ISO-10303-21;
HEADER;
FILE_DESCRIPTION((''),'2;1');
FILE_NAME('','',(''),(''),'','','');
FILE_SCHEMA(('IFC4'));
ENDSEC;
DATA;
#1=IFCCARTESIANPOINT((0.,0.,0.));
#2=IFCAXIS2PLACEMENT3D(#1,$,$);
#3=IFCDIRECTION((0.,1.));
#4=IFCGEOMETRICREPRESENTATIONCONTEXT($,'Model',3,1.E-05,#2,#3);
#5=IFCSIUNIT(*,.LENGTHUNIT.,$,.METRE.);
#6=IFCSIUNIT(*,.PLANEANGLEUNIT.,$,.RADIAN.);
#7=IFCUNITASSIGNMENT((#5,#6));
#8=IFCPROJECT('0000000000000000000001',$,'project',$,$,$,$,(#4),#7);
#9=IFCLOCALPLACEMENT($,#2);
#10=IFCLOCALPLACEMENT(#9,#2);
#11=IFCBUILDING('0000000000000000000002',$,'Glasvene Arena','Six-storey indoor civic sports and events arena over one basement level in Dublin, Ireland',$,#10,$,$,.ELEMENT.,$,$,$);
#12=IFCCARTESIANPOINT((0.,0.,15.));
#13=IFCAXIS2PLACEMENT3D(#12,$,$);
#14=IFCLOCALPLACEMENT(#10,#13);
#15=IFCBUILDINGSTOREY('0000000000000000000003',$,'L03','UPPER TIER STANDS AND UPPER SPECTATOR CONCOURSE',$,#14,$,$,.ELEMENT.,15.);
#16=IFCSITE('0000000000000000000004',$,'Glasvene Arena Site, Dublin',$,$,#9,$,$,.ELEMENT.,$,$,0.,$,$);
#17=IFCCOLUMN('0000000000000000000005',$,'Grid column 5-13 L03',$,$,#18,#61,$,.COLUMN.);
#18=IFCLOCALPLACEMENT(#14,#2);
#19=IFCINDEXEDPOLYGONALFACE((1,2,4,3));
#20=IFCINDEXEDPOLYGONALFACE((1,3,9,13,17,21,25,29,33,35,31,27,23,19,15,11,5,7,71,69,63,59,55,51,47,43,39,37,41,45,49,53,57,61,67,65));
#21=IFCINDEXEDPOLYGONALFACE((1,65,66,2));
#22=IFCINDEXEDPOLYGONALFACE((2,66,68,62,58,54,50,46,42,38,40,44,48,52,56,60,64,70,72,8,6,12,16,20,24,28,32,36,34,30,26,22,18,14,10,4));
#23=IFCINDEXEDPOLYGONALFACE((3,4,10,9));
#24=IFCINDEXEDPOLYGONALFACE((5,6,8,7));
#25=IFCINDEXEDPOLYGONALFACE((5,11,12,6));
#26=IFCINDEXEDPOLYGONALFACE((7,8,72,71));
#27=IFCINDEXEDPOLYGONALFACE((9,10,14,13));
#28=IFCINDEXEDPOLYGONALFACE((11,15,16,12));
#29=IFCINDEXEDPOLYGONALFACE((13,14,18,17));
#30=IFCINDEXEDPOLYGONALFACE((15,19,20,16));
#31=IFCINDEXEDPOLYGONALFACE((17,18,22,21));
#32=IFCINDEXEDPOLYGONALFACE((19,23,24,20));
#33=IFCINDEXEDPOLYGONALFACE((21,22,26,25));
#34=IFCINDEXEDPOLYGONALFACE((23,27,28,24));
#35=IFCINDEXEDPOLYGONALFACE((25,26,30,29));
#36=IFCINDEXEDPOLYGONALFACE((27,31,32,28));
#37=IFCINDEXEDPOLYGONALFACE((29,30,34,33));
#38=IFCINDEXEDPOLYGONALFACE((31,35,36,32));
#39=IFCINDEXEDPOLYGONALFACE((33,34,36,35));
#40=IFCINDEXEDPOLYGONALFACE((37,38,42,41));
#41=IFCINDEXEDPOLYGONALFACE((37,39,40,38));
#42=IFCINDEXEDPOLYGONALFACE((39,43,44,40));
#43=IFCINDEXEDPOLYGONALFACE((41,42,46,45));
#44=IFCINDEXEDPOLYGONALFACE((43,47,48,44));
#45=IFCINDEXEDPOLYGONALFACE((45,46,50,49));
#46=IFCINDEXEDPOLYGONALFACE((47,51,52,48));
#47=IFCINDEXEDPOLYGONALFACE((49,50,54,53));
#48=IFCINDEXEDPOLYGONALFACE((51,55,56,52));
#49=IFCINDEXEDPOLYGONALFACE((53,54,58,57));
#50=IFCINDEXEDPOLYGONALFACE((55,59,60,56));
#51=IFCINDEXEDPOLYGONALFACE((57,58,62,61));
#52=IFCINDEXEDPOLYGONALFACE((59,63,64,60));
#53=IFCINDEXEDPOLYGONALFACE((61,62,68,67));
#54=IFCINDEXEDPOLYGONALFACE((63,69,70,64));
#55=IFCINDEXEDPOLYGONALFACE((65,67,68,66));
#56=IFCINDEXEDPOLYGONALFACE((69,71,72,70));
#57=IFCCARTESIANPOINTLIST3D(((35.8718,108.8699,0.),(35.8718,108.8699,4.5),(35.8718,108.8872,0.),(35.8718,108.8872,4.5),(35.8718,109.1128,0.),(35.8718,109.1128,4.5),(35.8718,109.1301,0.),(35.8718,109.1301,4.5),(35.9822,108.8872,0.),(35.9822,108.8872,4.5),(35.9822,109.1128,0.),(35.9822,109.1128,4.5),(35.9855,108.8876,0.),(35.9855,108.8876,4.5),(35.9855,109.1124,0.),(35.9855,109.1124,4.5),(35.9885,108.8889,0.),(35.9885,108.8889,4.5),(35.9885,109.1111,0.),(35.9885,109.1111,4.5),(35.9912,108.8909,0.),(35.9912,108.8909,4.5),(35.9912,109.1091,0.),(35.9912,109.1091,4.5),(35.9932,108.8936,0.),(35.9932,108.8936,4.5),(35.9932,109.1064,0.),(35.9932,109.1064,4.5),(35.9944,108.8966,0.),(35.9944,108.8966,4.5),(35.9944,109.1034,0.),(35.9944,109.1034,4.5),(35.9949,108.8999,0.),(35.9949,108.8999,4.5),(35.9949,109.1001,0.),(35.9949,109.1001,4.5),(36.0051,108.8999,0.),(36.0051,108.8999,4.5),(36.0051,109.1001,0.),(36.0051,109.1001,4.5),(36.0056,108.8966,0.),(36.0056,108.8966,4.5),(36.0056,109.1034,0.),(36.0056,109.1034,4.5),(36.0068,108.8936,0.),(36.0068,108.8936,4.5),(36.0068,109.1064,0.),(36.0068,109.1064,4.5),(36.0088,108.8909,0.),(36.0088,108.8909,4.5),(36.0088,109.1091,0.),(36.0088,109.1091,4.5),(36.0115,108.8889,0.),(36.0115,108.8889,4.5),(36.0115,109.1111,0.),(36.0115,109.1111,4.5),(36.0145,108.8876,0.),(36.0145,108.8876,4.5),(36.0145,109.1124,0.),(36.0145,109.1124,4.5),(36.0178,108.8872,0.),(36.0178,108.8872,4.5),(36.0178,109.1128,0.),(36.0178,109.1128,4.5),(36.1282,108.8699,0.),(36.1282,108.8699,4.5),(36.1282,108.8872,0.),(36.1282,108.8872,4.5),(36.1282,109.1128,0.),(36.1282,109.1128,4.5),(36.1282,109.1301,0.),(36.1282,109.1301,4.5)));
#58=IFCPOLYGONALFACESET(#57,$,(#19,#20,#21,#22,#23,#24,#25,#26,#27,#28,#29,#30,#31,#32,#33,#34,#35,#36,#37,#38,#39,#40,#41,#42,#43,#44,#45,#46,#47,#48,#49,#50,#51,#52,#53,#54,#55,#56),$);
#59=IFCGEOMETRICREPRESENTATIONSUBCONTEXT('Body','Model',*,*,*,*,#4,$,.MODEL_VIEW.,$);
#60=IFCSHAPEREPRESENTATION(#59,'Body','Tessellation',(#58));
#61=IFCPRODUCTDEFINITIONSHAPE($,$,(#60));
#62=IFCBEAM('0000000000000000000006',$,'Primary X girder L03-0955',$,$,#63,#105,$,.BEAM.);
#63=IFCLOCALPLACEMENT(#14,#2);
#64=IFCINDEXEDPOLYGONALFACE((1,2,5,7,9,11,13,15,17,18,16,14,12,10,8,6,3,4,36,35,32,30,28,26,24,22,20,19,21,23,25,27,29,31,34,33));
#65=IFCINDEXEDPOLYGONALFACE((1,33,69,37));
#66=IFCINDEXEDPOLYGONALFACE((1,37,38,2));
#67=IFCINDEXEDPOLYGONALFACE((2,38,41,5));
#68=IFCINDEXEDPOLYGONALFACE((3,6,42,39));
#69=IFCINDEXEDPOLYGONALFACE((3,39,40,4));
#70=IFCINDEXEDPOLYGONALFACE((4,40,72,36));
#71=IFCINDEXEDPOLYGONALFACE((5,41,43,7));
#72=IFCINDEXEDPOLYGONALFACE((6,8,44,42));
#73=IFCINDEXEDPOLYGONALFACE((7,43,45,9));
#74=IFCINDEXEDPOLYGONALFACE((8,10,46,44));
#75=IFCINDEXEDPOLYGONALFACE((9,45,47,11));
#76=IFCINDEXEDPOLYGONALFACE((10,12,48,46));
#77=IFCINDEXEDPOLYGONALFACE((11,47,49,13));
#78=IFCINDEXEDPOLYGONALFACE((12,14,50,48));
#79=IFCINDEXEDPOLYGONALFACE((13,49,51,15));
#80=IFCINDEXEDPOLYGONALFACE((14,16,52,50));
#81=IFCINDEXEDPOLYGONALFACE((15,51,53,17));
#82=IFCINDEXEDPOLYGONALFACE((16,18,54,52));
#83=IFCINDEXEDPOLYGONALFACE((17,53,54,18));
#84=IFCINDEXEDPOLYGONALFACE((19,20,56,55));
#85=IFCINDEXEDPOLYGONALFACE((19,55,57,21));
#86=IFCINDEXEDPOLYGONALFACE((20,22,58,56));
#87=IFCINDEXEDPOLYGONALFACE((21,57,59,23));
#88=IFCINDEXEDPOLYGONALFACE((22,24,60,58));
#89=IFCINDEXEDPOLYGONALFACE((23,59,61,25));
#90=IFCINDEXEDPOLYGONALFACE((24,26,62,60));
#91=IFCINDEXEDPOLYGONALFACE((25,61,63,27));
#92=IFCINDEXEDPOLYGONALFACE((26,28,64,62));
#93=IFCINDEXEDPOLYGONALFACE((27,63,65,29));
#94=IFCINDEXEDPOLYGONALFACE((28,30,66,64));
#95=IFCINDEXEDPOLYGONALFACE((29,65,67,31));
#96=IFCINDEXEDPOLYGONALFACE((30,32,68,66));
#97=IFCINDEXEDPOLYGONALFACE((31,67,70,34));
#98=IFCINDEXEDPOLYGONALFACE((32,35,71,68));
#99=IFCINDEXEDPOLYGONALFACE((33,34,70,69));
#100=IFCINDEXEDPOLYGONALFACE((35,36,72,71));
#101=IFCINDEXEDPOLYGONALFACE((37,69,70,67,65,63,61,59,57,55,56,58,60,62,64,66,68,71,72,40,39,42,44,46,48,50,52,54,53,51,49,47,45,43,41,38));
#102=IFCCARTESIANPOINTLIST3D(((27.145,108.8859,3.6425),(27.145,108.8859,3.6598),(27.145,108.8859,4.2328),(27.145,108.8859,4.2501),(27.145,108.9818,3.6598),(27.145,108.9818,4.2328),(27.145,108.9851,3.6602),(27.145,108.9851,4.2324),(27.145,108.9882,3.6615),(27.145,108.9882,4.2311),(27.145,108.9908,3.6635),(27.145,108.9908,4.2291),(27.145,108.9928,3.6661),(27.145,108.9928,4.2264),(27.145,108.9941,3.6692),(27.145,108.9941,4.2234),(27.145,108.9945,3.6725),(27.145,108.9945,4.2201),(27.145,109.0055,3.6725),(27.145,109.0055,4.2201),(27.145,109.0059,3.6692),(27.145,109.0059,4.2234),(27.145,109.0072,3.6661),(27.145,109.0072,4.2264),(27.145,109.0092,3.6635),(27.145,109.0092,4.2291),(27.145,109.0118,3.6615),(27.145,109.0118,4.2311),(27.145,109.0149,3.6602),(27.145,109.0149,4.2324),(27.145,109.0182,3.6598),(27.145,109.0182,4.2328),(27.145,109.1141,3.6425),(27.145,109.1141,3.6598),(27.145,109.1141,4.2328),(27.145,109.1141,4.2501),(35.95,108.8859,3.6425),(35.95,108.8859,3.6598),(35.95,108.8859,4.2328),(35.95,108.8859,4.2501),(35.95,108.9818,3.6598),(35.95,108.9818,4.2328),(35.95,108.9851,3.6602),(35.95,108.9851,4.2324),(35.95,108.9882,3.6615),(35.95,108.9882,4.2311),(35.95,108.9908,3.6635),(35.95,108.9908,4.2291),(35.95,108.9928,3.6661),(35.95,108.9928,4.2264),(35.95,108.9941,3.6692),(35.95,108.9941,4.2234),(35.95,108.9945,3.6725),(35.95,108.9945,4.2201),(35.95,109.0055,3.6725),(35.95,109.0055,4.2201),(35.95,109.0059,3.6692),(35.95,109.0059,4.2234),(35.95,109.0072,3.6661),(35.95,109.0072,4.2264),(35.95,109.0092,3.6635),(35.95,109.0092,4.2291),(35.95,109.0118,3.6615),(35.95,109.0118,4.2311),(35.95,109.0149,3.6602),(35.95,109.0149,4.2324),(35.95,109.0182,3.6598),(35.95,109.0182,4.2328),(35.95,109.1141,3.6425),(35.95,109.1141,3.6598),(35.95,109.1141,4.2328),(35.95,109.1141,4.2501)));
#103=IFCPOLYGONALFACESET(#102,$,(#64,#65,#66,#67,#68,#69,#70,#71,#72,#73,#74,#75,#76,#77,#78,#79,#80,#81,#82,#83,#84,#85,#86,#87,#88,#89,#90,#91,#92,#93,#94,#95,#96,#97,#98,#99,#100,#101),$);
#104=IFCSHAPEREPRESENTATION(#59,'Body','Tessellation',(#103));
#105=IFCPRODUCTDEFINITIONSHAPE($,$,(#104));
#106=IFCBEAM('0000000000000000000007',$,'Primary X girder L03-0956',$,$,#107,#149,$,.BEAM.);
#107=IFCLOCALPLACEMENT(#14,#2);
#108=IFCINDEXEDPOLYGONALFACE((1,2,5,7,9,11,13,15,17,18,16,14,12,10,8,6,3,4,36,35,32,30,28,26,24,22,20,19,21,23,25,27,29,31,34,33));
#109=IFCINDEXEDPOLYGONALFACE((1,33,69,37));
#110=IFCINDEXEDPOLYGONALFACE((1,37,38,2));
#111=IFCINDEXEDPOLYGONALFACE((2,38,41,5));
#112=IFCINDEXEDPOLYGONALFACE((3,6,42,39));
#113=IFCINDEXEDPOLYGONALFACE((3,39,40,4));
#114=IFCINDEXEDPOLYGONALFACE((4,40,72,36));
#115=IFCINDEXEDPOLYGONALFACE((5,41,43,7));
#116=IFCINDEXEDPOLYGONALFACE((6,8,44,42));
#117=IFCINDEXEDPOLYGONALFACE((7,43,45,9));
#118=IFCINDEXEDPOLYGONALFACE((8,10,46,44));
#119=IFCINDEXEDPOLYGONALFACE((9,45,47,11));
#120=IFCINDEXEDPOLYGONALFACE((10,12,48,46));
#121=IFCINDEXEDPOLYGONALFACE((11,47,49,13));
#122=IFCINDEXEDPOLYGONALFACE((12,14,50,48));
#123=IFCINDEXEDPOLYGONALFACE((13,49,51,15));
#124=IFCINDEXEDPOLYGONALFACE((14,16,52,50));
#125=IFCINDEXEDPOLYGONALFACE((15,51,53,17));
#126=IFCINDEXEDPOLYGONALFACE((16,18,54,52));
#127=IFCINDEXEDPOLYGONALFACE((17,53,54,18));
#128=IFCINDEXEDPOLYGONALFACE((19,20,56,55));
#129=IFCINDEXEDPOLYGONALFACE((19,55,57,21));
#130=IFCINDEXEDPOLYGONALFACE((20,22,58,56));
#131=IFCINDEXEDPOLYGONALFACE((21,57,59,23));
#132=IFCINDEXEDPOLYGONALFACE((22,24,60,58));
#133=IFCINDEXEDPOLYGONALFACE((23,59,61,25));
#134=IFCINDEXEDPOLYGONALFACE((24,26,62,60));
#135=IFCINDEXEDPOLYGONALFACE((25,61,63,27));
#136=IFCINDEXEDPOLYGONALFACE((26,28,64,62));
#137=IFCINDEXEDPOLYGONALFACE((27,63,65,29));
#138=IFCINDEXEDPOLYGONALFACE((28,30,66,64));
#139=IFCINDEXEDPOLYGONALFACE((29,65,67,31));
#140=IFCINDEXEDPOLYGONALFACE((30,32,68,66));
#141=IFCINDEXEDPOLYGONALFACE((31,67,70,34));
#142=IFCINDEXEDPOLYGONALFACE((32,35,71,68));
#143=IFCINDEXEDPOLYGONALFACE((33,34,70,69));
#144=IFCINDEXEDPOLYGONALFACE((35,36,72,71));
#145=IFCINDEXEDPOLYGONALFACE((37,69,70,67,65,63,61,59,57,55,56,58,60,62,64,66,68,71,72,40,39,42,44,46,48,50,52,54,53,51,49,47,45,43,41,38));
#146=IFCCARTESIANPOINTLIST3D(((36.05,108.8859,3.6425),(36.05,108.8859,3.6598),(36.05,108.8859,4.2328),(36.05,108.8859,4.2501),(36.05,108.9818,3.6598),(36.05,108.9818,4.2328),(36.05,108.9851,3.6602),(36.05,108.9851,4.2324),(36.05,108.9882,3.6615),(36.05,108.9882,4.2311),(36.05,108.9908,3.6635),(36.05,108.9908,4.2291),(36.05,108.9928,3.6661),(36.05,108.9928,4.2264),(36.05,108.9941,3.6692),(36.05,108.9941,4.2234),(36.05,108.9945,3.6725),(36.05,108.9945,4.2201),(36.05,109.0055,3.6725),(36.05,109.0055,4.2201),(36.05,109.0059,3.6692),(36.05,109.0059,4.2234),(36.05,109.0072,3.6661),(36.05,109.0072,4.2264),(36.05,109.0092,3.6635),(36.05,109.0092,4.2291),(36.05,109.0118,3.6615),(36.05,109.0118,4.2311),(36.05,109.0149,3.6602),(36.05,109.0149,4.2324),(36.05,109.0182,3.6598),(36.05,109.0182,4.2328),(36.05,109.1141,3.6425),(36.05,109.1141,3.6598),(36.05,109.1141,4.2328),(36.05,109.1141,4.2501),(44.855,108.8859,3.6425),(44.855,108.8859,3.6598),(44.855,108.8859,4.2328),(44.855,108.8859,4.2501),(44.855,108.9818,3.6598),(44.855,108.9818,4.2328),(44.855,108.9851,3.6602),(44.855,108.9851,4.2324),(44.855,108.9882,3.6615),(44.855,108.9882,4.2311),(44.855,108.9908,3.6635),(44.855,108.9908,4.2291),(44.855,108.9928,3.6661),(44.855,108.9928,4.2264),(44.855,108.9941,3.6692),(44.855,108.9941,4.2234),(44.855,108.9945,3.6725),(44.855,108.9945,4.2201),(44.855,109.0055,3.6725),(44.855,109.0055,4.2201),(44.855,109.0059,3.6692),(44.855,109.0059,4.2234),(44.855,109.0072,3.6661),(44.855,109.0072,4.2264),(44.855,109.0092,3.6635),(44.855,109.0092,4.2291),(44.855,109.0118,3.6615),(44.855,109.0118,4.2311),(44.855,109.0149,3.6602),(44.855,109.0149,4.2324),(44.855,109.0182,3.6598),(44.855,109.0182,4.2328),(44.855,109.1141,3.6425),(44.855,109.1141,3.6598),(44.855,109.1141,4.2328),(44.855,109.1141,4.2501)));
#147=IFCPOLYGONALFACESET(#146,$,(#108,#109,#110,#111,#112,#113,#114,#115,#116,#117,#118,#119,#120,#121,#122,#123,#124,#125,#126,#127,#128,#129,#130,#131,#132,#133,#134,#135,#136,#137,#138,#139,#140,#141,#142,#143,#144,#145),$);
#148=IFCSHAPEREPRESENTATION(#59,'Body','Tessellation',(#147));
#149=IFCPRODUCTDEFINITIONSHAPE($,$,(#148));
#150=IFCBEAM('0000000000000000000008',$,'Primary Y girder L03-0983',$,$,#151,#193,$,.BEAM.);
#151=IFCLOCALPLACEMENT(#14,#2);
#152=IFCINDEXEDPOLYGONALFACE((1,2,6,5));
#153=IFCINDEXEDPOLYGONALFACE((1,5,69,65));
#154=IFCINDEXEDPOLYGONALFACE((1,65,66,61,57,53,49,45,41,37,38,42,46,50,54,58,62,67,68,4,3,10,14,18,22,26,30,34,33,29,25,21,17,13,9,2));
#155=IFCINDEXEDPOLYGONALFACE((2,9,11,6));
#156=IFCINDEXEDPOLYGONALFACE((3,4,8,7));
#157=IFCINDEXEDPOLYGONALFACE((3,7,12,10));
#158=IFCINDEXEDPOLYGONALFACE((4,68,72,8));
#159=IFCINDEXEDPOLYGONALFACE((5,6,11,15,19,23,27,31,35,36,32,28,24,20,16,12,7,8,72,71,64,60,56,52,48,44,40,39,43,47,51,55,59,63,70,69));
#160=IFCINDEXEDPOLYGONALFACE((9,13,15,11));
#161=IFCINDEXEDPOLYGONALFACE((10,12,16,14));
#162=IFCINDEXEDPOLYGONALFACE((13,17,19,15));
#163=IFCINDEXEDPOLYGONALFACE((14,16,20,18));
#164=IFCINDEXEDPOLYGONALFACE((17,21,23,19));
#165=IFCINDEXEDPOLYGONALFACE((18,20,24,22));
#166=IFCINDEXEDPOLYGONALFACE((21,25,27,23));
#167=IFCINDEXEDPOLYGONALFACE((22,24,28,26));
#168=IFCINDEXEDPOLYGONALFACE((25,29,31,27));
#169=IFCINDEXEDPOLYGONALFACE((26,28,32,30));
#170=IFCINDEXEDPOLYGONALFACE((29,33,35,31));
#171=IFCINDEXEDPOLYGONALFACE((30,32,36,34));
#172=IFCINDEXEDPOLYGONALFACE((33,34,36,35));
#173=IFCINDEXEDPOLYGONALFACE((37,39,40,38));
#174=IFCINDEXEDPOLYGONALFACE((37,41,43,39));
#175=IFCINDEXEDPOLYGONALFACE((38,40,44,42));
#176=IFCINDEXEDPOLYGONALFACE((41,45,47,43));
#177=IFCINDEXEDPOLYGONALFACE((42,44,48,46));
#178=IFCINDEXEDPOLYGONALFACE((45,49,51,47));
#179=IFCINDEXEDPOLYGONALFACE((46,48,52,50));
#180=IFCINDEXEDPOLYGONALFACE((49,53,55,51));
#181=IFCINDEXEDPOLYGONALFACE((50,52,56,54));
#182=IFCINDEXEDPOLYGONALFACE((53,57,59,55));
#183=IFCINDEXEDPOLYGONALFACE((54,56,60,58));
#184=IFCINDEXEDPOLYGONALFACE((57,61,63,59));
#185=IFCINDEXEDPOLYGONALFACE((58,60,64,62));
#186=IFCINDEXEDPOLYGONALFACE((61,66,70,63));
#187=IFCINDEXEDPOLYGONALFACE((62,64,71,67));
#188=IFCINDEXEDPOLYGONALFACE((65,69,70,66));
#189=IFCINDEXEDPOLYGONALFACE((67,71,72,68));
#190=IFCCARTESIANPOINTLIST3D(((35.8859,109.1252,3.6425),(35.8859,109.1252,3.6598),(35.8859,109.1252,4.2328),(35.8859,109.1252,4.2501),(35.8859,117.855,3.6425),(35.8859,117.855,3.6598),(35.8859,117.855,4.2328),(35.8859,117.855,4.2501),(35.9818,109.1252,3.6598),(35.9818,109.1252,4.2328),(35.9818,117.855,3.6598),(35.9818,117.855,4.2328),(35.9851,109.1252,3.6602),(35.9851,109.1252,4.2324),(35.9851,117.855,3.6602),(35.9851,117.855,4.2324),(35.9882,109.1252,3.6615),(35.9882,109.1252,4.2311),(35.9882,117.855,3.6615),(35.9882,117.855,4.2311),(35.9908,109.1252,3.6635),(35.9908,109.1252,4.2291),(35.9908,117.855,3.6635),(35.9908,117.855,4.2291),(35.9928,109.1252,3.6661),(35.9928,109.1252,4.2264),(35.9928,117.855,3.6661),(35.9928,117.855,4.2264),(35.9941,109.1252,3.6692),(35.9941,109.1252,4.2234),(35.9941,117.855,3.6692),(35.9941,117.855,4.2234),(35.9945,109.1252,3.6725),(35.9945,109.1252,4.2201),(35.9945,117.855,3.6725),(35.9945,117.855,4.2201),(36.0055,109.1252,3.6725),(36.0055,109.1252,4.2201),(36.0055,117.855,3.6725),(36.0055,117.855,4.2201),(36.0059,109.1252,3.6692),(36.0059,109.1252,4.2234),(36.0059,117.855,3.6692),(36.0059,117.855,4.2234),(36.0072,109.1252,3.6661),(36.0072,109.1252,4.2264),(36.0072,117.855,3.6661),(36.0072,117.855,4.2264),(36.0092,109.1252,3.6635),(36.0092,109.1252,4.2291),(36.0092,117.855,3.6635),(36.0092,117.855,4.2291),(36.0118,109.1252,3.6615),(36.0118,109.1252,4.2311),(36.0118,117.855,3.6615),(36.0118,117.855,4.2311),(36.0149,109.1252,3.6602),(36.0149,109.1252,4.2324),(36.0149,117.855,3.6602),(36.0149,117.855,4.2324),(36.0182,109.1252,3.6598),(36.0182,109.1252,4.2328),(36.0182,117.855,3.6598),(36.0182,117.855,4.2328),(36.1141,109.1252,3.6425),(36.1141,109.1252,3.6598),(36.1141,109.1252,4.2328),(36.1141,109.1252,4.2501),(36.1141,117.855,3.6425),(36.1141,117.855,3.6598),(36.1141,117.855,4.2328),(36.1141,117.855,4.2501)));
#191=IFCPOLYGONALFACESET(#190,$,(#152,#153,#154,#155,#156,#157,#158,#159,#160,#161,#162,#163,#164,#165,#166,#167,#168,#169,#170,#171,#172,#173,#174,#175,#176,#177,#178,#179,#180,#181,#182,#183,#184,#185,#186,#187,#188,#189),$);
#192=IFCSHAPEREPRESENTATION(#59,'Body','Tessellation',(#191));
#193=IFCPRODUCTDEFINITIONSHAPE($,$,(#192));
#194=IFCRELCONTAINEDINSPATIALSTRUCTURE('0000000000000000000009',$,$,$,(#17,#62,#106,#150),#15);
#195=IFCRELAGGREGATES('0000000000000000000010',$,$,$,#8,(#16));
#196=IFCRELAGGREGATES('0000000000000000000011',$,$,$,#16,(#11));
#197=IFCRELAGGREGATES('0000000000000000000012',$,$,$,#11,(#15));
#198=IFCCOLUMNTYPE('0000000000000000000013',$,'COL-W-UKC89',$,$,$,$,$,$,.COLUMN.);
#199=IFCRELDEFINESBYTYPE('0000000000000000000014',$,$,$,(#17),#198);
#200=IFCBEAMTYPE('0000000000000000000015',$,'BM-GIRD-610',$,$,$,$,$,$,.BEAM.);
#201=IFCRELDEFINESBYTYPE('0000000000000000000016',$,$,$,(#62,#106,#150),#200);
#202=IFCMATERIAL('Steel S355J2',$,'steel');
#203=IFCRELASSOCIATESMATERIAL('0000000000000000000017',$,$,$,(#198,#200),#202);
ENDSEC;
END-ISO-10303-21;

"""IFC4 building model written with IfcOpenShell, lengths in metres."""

from ifc_helpers import new_model, si_unit, direction, frame, origin, origin_2d, place, context, subcontext, project, spatial, i_section, extrude, material, material_profile, profile_set, type_object, element, save


model = new_model("IFC4")

# Units and contexts
model_context = context("Model", 3, precision=1e-05, world=origin(), true_north=direction((0.0, 1.0)))
body_context = subcontext(model_context, "Body", "Model", "MODEL_VIEW")
ifc_project = project(units=[si_unit("LENGTHUNIT", "METRE"), si_unit("PLANEANGLEUNIT", "RADIAN")], contexts=[model_context])

# Site, building, storey
site_placement = place(None, origin())
site = spatial("IfcSite", under=ifc_project, at=site_placement, Name="Glasvene Arena Site, Dublin", CompositionType="ELEMENT", RefElevation=0.0)
building_placement = place(site_placement, origin())
building = spatial("IfcBuilding", under=site, at=building_placement, Name="Glasvene Arena", Description="Six-storey indoor civic sports and events arena over one basement level in Dublin, Ireland", CompositionType="ELEMENT")
storey_placement = place(building_placement, frame((0.0, 0.0, 15.0)))
storey = spatial("IfcBuildingStorey", under=building, at=storey_placement, Name="L03", Description="UPPER TIER STANDS AND UPPER SPECTATOR CONCOURSE", CompositionType="ELEMENT", Elevation=15.0)

# Column
ifc_material_1 = material(Name="Steel S355J2", Category="steel")
ifc_material_profile_1 = material_profile(ifc_material_1, i_section(OverallWidth=0.2563, OverallDepth=0.2603, WebThickness=0.0103, FlangeThickness=0.0173, FilletRadius=0.0127, at=origin_2d()), Name="UKC 254x254x89")
ifc_profile_set_1 = profile_set([ifc_material_profile_1], Name="Steel S355J2")
column_type = type_object("IfcColumnType", Name="COL-W-UKC89", PredefinedType="COLUMN", material=ifc_profile_set_1)
column_placement = place(storey_placement, frame((36.0, 109.0, 0.0), z_axis=(0.0, 0.0, 1.0), x_axis=(1.0, 0.0, 0.0)))
element("IfcColumn", 1, at=column_placement, inside=storey, type_object=column_type, Name="Grid column 5-13 L03", PredefinedType="COLUMN", context=body_context, shape_type="SweptSolid", body=[
    extrude(i_section(OverallWidth=0.2563, OverallDepth=0.2603, WebThickness=0.0103, FlangeThickness=0.0173, FilletRadius=0.0127, at=origin_2d()), origin(), (0.0, 0.0, 1.0), 4.5),
])

# Beams
ifc_material_profile_2 = material_profile(ifc_material_1, i_section(OverallWidth=0.2283, OverallDepth=0.6077, WebThickness=0.011, FlangeThickness=0.0173, FilletRadius=0.0127, at=origin_2d()), Name="UKB 610x229x113")
ifc_profile_set_2 = profile_set([ifc_material_profile_2], Name="Steel S355J2")
beam_type_1 = type_object("IfcBeamType", Name="BM-GIRD-610", PredefinedType="BEAM", material=ifc_profile_set_2)
for number, where, z_axis, x_axis, name in (
    (2, (27.145, 109.0, 3.9463), (1.0, 0.0, 0.0), (0.0, 1.0, 0.0), "Primary X girder L03-0955"),
    (3, (36.05, 109.0, 3.9463), (1.0, 0.0, 0.0), (0.0, 1.0, 0.0), "Primary X girder L03-0956"),
):
    element("IfcBeam", number, at=place(storey_placement, frame(where, z_axis=z_axis, x_axis=x_axis)), inside=storey, type_object=beam_type_1, Name=name, PredefinedType="BEAM", context=body_context, shape_type="SweptSolid", body=[
        extrude(i_section(OverallWidth=0.2283, OverallDepth=0.6077, WebThickness=0.011, FlangeThickness=0.0173, FilletRadius=0.0127, at=origin_2d()), origin(), (0.0, 0.0, 1.0), 8.8049),
    ])
beam_1_placement = place(storey_placement, frame((36.0, 109.1252, 3.9463), z_axis=(0.0, 1.0, 0.0), x_axis=(-1.0, 0.0, 0.0)))
element("IfcBeam", 4, at=beam_1_placement, inside=storey, type_object=beam_type_1, Name="Primary Y girder L03-0983", PredefinedType="BEAM", context=body_context, shape_type="SweptSolid", body=[
    extrude(i_section(OverallWidth=0.2283, OverallDepth=0.6077, WebThickness=0.011, FlangeThickness=0.0173, FilletRadius=0.0127, at=origin_2d()), origin(), (0.0, 0.0, 1.0), 8.7297),
])

save(model, "model.ifc")
